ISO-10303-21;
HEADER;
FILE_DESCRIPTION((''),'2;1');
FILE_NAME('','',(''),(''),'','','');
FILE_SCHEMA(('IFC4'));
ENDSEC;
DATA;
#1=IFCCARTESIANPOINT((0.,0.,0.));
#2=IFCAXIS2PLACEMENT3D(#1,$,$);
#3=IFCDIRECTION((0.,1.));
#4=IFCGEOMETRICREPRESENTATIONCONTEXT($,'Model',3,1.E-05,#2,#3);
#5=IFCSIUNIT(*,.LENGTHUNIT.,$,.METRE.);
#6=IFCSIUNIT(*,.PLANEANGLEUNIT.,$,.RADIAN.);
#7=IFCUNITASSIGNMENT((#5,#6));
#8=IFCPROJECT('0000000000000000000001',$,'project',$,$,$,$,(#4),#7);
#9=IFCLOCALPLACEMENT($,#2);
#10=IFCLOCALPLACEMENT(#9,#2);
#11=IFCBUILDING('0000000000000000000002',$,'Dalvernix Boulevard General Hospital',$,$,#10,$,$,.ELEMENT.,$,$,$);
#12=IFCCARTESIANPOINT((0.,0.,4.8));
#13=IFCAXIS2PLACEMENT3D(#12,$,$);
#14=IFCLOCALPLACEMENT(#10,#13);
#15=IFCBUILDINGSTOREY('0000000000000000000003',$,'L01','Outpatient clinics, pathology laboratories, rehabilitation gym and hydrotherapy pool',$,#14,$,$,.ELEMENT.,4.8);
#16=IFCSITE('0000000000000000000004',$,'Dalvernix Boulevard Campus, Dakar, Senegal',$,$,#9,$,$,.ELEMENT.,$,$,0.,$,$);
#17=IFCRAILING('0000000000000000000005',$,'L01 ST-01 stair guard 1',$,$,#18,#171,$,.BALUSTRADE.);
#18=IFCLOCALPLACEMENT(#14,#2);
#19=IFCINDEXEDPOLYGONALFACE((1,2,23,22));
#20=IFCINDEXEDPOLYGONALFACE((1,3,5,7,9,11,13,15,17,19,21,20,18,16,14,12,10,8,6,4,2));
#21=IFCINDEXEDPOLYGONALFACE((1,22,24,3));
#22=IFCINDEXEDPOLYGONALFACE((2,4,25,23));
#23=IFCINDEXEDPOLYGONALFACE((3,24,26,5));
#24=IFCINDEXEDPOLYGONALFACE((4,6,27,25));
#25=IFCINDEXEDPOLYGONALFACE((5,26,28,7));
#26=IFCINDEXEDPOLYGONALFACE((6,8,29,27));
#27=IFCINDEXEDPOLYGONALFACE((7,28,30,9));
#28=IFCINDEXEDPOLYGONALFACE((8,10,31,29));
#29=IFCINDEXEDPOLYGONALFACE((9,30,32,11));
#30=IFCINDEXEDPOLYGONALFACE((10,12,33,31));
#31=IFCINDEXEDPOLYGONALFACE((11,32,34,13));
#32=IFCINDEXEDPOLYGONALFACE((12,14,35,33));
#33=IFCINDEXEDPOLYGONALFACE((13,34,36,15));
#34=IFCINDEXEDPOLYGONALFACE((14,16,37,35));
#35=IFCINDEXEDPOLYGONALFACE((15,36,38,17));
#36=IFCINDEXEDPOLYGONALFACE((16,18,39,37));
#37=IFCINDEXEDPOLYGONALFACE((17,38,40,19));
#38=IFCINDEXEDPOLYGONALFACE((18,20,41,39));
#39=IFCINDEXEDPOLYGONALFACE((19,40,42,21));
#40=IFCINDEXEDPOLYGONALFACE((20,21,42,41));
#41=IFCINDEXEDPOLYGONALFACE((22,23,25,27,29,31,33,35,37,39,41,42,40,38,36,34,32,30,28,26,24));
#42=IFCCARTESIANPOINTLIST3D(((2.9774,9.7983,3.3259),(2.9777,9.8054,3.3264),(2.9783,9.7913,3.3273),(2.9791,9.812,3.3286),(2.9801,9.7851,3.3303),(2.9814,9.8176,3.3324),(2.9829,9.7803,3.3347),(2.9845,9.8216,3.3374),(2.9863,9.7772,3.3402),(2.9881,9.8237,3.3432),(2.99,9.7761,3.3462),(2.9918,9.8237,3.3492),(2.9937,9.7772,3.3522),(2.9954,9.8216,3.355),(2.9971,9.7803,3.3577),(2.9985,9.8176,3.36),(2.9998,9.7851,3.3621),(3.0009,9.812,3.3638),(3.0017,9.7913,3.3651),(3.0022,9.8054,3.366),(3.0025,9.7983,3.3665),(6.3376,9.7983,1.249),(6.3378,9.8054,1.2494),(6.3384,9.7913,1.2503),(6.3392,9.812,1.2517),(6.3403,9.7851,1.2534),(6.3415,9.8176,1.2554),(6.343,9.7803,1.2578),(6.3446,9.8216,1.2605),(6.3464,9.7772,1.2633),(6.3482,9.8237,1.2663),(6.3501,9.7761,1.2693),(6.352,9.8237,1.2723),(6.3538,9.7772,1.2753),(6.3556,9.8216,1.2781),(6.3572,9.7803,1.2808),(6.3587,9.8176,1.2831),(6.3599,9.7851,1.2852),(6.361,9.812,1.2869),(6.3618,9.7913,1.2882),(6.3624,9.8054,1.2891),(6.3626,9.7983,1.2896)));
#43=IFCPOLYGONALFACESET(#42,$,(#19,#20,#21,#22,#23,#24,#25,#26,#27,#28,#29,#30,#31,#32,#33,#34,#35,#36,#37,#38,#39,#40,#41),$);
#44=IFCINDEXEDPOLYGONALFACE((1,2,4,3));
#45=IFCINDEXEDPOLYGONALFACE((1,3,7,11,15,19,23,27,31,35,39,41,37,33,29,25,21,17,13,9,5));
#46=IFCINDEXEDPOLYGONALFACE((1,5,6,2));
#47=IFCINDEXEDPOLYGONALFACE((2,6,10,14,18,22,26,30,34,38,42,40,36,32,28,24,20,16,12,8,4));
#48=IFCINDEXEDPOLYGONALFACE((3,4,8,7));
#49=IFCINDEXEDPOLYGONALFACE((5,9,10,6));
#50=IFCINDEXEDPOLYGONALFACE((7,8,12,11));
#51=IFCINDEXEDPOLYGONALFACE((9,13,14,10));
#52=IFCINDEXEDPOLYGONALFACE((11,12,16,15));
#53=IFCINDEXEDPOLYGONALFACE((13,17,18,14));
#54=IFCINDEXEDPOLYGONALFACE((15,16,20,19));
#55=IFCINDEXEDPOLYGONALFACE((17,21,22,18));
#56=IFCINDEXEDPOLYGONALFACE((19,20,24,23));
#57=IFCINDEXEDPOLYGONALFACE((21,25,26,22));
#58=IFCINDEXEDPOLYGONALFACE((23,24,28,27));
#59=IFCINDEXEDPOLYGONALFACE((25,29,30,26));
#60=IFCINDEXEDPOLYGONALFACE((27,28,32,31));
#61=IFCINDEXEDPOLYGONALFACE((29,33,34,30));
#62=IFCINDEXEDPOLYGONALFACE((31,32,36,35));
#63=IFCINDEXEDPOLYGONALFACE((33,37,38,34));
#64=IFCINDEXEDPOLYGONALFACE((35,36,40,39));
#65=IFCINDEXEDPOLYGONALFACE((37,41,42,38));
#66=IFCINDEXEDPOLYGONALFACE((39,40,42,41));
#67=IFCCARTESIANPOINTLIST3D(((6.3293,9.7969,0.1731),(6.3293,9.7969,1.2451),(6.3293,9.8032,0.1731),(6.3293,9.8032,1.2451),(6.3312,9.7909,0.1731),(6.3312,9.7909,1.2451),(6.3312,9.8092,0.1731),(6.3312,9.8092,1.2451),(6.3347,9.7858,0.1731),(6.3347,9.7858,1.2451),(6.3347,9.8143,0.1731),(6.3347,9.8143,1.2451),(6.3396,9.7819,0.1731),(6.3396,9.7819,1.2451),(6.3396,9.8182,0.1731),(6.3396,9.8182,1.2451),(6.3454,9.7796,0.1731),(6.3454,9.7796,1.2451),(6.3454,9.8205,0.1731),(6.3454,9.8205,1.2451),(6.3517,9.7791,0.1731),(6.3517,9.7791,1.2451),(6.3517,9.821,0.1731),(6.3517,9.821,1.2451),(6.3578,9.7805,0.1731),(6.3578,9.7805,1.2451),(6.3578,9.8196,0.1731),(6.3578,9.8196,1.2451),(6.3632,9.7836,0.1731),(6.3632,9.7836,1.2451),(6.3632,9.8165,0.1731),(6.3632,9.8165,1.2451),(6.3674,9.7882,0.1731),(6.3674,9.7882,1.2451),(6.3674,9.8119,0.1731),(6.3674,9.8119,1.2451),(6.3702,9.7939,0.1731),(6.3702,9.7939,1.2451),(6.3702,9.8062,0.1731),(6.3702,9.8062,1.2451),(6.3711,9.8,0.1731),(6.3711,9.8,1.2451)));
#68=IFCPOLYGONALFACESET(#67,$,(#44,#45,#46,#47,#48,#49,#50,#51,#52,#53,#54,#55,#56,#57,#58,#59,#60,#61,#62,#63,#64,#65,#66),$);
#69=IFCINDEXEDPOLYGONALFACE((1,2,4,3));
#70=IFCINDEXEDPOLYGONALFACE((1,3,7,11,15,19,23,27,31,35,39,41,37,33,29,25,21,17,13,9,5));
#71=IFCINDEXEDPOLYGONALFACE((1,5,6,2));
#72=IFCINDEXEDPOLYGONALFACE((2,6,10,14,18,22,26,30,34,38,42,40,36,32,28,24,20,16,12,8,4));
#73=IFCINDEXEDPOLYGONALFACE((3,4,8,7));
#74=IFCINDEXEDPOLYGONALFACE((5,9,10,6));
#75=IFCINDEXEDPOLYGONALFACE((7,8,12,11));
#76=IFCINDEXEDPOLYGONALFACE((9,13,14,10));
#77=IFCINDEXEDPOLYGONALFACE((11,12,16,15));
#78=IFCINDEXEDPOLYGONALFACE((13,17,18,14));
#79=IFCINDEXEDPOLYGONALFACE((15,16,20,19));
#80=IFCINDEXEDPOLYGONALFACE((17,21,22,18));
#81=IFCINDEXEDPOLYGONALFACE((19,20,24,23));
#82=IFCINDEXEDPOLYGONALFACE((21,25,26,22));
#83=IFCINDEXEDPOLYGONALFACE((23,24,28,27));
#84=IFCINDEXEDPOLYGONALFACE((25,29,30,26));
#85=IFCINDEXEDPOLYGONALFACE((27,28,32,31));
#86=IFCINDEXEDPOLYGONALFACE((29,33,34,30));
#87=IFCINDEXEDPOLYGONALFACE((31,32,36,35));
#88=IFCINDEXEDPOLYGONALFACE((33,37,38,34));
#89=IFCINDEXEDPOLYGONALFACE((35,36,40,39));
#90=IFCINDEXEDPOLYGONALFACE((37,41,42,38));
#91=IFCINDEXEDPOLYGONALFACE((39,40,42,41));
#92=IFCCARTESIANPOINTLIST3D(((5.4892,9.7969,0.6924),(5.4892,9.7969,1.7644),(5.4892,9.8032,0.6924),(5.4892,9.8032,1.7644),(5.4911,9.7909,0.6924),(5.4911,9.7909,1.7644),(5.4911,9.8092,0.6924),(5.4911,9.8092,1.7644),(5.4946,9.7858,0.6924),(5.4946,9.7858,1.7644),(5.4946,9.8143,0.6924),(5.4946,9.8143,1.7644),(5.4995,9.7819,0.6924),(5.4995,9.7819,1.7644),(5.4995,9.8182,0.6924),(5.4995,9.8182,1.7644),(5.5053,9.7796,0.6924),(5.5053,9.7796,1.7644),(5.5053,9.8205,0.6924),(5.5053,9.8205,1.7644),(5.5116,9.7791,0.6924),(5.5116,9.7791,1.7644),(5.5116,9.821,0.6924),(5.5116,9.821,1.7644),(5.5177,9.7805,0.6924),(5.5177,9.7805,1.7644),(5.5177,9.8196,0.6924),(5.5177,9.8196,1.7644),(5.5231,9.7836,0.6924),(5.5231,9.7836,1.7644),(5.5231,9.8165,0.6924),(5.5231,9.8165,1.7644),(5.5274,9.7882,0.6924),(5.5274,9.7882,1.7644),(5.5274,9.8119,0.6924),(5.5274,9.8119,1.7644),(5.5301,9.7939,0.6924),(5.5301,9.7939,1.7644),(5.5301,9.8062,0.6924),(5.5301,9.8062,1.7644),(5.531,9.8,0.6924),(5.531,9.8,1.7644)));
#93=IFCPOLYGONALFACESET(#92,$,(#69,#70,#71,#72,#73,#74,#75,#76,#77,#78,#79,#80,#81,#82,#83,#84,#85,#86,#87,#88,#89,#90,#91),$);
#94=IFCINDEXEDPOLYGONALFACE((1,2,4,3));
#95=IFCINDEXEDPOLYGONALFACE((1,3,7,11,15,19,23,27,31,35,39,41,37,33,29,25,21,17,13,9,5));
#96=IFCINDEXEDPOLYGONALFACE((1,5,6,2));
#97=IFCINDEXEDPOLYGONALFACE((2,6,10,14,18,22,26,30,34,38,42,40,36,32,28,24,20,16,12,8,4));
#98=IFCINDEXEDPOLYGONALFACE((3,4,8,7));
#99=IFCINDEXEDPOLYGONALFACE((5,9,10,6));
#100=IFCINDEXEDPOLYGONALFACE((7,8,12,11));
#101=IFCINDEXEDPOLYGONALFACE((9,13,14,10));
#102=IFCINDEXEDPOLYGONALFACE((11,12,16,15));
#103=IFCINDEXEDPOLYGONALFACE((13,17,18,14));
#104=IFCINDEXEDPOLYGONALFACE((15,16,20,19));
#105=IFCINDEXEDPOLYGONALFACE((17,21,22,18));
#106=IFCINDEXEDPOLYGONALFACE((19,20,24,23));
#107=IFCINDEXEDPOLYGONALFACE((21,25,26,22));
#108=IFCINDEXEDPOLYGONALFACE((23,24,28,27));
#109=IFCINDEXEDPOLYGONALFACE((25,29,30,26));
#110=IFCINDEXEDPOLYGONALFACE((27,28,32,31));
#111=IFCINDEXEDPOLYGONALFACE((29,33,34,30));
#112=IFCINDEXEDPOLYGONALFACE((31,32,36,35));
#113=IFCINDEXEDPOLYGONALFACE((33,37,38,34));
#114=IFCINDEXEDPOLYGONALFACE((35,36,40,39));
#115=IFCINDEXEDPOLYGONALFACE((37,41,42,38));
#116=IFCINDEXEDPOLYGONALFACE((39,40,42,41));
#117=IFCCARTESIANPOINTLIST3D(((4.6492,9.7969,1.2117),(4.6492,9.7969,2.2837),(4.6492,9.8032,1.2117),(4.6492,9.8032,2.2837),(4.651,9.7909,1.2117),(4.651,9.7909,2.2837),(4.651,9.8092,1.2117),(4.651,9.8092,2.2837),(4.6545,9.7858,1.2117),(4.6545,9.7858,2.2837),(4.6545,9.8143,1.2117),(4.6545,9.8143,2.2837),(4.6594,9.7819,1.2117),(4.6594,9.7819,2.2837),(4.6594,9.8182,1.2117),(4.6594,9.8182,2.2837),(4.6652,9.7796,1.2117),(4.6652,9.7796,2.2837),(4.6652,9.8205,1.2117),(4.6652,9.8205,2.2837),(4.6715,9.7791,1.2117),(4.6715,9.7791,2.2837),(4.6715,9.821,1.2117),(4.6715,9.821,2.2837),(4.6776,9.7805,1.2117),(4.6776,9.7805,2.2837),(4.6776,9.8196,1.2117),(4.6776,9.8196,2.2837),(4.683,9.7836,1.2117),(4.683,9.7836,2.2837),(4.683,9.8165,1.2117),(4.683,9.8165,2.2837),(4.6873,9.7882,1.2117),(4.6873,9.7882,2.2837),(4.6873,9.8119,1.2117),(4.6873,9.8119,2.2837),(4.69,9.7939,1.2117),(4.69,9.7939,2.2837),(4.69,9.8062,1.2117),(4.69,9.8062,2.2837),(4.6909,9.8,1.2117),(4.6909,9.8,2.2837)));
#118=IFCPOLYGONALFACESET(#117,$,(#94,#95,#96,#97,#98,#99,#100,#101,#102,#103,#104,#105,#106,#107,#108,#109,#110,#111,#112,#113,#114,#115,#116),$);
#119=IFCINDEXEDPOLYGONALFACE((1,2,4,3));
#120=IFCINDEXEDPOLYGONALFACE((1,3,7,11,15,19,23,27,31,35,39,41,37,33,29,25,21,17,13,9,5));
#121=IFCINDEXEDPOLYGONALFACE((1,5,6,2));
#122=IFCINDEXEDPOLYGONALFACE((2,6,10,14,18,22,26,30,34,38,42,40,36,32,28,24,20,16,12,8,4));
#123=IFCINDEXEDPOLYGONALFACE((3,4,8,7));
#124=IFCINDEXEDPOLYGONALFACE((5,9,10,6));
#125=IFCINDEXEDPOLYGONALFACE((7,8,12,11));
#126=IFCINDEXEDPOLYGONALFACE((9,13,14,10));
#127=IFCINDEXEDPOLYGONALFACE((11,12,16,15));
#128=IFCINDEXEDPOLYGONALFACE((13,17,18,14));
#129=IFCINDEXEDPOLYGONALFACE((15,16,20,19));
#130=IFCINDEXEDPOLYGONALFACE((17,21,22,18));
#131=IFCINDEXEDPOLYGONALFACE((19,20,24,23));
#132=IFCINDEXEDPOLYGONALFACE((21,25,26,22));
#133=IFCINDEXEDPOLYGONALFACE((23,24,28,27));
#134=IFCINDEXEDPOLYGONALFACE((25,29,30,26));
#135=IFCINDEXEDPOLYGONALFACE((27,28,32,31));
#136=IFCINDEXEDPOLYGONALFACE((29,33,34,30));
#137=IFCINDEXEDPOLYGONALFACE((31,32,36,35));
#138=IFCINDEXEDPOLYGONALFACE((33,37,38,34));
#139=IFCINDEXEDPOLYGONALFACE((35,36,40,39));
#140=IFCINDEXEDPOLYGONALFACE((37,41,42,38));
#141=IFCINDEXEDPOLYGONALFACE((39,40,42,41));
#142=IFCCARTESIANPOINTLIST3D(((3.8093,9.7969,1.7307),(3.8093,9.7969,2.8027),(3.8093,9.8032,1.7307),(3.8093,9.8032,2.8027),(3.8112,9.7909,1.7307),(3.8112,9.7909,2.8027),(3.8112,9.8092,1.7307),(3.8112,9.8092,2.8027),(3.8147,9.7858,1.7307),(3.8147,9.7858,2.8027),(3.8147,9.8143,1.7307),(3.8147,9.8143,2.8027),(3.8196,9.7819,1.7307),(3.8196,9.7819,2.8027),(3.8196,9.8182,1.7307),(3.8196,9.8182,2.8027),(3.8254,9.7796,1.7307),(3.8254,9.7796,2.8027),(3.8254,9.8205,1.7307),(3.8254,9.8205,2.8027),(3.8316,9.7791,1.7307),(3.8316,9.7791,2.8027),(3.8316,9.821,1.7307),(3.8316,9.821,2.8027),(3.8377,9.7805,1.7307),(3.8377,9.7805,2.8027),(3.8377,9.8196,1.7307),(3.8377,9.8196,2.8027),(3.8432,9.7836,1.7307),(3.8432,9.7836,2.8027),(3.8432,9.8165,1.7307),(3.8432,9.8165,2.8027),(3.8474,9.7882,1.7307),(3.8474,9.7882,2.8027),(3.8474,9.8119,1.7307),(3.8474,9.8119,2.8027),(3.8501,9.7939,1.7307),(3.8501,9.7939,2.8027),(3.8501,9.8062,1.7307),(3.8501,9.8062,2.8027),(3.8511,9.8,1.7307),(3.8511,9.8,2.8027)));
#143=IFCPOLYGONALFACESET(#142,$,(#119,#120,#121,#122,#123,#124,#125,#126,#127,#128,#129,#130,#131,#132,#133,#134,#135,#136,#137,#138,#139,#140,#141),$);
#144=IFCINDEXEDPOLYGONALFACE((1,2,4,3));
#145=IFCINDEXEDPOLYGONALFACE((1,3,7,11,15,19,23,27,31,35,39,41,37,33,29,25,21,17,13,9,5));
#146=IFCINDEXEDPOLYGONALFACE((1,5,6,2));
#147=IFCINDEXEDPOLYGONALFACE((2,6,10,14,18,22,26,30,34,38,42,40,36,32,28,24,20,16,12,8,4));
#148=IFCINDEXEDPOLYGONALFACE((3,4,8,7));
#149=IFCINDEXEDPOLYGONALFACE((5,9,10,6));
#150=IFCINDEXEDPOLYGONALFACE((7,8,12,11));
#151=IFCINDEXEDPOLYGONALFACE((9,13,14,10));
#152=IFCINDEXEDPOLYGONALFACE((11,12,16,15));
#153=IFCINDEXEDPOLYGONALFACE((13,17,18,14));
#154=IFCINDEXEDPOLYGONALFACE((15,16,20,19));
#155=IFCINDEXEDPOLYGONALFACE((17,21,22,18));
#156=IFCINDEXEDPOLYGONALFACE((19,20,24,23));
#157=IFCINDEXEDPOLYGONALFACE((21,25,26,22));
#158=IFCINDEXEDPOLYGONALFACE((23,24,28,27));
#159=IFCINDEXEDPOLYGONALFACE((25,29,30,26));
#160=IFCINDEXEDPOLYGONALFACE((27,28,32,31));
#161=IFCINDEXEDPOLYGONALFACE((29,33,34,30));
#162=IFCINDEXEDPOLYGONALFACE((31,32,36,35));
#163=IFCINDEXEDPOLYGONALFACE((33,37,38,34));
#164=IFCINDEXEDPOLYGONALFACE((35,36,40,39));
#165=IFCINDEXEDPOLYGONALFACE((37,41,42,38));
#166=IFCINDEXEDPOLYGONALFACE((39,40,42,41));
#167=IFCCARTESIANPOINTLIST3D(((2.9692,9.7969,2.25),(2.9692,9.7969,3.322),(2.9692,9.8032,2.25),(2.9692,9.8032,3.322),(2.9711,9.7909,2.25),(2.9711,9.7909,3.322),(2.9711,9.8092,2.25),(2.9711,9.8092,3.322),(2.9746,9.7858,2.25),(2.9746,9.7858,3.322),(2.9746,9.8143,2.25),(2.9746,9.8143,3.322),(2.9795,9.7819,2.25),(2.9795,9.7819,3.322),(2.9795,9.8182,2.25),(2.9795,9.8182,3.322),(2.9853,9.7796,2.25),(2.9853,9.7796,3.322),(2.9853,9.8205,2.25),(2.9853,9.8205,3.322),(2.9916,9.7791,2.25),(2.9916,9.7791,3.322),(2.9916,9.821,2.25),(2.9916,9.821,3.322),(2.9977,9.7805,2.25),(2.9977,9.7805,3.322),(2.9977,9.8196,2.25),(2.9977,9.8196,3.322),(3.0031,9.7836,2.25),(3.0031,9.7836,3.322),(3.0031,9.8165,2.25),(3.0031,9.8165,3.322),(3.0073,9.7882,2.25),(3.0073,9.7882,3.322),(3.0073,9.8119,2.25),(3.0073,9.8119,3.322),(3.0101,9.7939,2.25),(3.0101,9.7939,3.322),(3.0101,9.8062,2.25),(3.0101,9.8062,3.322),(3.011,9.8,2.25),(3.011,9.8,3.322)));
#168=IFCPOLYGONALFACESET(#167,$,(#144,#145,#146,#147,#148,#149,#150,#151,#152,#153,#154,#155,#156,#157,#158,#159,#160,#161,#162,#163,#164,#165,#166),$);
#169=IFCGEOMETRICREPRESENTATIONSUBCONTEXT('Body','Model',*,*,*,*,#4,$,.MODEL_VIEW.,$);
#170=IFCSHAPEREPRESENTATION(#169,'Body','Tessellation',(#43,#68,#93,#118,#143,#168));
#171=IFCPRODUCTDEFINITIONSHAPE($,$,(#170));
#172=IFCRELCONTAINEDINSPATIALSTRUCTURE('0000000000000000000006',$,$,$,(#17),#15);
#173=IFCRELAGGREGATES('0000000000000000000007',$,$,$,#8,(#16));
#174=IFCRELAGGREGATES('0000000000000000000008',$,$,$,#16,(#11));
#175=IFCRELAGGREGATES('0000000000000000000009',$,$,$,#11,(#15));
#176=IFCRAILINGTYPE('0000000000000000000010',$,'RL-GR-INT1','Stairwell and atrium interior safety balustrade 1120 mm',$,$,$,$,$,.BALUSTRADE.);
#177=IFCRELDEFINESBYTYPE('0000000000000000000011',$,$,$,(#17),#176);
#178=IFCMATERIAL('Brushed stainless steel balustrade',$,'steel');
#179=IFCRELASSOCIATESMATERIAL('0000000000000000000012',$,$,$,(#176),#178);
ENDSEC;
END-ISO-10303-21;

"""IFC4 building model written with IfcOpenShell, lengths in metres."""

from ifc_helpers import new_model, si_unit, direction, frame, origin, origin_2d, place, context, subcontext, project, spatial, circle, extrude, material, type_object, element, save


model = new_model("IFC4")

# Units and contexts
model_context = context("Model", 3, precision=1e-05, world=origin(), true_north=direction((0.0, 1.0)))
body_context = subcontext(model_context, "Body", "Model", "MODEL_VIEW")
ifc_project = project(units=[si_unit("LENGTHUNIT", "METRE"), si_unit("PLANEANGLEUNIT", "RADIAN")], contexts=[model_context])

# Site, building, storey
site_placement = place(None, origin())
site = spatial("IfcSite", under=ifc_project, at=site_placement, Name="Dalvernix Boulevard Campus, Dakar, Senegal", CompositionType="ELEMENT", RefElevation=0.0)
building_placement = place(site_placement, origin())
building = spatial("IfcBuilding", under=site, at=building_placement, Name="Dalvernix Boulevard General Hospital", CompositionType="ELEMENT")
storey_placement = place(building_placement, frame((0.0, 0.0, 4.8)))
storey = spatial("IfcBuildingStorey", under=building, at=storey_placement, Name="L01", Description="Outpatient clinics, pathology laboratories, rehabilitation gym and hydrotherapy pool", CompositionType="ELEMENT", Elevation=4.8)

# Railing
ifc_material_1 = material(Name="Brushed stainless steel balustrade", Category="steel")
railing_type_1 = type_object("IfcRailingType", Name="RL-GR-INT1", Description="Stairwell and atrium interior safety balustrade 1120 mm", PredefinedType="BALUSTRADE", material=ifc_material_1)
railing_1_placement = place(storey_placement, frame((6.3501, 9.8, 0.1731)))
element("IfcRailing", 1, at=railing_1_placement, inside=storey, type_object=railing_type_1, Name="L01 ST-01 stair guard 1", PredefinedType="BALUSTRADE", context=body_context, shape_type="SweptSolid", body=[
    extrude(circle(Radius=0.0239, at=origin_2d()), frame((0.0, 0.0, 1.0962), z_axis=(-0.850623, 0.0, 0.525776), x_axis=(0.0, -1.0, 0.0)), (0.0, 0.0, 1.0), 3.9502),
    extrude(circle(Radius=0.021, at=origin_2d()), origin(), (0.0, 0.0, 1.0), 1.072),
    extrude(circle(Radius=0.021, at=origin_2d()), frame((-0.8401, 0.0, 0.5193)), (0.0, 0.0, 1.0), 1.072),
    extrude(circle(Radius=0.021, at=origin_2d()), frame((-1.6802, 0.0, 1.0386)), (0.0, 0.0, 1.0), 1.072),
    extrude(circle(Radius=0.021, at=origin_2d()), frame((-2.52, 0.0, 1.5576)), (0.0, 0.0, 1.0), 1.072),
    extrude(circle(Radius=0.021, at=origin_2d()), frame((-3.3601, 0.0, 2.0769)), (0.0, 0.0, 1.0), 1.072),
])

save(model, "model.ifc")
